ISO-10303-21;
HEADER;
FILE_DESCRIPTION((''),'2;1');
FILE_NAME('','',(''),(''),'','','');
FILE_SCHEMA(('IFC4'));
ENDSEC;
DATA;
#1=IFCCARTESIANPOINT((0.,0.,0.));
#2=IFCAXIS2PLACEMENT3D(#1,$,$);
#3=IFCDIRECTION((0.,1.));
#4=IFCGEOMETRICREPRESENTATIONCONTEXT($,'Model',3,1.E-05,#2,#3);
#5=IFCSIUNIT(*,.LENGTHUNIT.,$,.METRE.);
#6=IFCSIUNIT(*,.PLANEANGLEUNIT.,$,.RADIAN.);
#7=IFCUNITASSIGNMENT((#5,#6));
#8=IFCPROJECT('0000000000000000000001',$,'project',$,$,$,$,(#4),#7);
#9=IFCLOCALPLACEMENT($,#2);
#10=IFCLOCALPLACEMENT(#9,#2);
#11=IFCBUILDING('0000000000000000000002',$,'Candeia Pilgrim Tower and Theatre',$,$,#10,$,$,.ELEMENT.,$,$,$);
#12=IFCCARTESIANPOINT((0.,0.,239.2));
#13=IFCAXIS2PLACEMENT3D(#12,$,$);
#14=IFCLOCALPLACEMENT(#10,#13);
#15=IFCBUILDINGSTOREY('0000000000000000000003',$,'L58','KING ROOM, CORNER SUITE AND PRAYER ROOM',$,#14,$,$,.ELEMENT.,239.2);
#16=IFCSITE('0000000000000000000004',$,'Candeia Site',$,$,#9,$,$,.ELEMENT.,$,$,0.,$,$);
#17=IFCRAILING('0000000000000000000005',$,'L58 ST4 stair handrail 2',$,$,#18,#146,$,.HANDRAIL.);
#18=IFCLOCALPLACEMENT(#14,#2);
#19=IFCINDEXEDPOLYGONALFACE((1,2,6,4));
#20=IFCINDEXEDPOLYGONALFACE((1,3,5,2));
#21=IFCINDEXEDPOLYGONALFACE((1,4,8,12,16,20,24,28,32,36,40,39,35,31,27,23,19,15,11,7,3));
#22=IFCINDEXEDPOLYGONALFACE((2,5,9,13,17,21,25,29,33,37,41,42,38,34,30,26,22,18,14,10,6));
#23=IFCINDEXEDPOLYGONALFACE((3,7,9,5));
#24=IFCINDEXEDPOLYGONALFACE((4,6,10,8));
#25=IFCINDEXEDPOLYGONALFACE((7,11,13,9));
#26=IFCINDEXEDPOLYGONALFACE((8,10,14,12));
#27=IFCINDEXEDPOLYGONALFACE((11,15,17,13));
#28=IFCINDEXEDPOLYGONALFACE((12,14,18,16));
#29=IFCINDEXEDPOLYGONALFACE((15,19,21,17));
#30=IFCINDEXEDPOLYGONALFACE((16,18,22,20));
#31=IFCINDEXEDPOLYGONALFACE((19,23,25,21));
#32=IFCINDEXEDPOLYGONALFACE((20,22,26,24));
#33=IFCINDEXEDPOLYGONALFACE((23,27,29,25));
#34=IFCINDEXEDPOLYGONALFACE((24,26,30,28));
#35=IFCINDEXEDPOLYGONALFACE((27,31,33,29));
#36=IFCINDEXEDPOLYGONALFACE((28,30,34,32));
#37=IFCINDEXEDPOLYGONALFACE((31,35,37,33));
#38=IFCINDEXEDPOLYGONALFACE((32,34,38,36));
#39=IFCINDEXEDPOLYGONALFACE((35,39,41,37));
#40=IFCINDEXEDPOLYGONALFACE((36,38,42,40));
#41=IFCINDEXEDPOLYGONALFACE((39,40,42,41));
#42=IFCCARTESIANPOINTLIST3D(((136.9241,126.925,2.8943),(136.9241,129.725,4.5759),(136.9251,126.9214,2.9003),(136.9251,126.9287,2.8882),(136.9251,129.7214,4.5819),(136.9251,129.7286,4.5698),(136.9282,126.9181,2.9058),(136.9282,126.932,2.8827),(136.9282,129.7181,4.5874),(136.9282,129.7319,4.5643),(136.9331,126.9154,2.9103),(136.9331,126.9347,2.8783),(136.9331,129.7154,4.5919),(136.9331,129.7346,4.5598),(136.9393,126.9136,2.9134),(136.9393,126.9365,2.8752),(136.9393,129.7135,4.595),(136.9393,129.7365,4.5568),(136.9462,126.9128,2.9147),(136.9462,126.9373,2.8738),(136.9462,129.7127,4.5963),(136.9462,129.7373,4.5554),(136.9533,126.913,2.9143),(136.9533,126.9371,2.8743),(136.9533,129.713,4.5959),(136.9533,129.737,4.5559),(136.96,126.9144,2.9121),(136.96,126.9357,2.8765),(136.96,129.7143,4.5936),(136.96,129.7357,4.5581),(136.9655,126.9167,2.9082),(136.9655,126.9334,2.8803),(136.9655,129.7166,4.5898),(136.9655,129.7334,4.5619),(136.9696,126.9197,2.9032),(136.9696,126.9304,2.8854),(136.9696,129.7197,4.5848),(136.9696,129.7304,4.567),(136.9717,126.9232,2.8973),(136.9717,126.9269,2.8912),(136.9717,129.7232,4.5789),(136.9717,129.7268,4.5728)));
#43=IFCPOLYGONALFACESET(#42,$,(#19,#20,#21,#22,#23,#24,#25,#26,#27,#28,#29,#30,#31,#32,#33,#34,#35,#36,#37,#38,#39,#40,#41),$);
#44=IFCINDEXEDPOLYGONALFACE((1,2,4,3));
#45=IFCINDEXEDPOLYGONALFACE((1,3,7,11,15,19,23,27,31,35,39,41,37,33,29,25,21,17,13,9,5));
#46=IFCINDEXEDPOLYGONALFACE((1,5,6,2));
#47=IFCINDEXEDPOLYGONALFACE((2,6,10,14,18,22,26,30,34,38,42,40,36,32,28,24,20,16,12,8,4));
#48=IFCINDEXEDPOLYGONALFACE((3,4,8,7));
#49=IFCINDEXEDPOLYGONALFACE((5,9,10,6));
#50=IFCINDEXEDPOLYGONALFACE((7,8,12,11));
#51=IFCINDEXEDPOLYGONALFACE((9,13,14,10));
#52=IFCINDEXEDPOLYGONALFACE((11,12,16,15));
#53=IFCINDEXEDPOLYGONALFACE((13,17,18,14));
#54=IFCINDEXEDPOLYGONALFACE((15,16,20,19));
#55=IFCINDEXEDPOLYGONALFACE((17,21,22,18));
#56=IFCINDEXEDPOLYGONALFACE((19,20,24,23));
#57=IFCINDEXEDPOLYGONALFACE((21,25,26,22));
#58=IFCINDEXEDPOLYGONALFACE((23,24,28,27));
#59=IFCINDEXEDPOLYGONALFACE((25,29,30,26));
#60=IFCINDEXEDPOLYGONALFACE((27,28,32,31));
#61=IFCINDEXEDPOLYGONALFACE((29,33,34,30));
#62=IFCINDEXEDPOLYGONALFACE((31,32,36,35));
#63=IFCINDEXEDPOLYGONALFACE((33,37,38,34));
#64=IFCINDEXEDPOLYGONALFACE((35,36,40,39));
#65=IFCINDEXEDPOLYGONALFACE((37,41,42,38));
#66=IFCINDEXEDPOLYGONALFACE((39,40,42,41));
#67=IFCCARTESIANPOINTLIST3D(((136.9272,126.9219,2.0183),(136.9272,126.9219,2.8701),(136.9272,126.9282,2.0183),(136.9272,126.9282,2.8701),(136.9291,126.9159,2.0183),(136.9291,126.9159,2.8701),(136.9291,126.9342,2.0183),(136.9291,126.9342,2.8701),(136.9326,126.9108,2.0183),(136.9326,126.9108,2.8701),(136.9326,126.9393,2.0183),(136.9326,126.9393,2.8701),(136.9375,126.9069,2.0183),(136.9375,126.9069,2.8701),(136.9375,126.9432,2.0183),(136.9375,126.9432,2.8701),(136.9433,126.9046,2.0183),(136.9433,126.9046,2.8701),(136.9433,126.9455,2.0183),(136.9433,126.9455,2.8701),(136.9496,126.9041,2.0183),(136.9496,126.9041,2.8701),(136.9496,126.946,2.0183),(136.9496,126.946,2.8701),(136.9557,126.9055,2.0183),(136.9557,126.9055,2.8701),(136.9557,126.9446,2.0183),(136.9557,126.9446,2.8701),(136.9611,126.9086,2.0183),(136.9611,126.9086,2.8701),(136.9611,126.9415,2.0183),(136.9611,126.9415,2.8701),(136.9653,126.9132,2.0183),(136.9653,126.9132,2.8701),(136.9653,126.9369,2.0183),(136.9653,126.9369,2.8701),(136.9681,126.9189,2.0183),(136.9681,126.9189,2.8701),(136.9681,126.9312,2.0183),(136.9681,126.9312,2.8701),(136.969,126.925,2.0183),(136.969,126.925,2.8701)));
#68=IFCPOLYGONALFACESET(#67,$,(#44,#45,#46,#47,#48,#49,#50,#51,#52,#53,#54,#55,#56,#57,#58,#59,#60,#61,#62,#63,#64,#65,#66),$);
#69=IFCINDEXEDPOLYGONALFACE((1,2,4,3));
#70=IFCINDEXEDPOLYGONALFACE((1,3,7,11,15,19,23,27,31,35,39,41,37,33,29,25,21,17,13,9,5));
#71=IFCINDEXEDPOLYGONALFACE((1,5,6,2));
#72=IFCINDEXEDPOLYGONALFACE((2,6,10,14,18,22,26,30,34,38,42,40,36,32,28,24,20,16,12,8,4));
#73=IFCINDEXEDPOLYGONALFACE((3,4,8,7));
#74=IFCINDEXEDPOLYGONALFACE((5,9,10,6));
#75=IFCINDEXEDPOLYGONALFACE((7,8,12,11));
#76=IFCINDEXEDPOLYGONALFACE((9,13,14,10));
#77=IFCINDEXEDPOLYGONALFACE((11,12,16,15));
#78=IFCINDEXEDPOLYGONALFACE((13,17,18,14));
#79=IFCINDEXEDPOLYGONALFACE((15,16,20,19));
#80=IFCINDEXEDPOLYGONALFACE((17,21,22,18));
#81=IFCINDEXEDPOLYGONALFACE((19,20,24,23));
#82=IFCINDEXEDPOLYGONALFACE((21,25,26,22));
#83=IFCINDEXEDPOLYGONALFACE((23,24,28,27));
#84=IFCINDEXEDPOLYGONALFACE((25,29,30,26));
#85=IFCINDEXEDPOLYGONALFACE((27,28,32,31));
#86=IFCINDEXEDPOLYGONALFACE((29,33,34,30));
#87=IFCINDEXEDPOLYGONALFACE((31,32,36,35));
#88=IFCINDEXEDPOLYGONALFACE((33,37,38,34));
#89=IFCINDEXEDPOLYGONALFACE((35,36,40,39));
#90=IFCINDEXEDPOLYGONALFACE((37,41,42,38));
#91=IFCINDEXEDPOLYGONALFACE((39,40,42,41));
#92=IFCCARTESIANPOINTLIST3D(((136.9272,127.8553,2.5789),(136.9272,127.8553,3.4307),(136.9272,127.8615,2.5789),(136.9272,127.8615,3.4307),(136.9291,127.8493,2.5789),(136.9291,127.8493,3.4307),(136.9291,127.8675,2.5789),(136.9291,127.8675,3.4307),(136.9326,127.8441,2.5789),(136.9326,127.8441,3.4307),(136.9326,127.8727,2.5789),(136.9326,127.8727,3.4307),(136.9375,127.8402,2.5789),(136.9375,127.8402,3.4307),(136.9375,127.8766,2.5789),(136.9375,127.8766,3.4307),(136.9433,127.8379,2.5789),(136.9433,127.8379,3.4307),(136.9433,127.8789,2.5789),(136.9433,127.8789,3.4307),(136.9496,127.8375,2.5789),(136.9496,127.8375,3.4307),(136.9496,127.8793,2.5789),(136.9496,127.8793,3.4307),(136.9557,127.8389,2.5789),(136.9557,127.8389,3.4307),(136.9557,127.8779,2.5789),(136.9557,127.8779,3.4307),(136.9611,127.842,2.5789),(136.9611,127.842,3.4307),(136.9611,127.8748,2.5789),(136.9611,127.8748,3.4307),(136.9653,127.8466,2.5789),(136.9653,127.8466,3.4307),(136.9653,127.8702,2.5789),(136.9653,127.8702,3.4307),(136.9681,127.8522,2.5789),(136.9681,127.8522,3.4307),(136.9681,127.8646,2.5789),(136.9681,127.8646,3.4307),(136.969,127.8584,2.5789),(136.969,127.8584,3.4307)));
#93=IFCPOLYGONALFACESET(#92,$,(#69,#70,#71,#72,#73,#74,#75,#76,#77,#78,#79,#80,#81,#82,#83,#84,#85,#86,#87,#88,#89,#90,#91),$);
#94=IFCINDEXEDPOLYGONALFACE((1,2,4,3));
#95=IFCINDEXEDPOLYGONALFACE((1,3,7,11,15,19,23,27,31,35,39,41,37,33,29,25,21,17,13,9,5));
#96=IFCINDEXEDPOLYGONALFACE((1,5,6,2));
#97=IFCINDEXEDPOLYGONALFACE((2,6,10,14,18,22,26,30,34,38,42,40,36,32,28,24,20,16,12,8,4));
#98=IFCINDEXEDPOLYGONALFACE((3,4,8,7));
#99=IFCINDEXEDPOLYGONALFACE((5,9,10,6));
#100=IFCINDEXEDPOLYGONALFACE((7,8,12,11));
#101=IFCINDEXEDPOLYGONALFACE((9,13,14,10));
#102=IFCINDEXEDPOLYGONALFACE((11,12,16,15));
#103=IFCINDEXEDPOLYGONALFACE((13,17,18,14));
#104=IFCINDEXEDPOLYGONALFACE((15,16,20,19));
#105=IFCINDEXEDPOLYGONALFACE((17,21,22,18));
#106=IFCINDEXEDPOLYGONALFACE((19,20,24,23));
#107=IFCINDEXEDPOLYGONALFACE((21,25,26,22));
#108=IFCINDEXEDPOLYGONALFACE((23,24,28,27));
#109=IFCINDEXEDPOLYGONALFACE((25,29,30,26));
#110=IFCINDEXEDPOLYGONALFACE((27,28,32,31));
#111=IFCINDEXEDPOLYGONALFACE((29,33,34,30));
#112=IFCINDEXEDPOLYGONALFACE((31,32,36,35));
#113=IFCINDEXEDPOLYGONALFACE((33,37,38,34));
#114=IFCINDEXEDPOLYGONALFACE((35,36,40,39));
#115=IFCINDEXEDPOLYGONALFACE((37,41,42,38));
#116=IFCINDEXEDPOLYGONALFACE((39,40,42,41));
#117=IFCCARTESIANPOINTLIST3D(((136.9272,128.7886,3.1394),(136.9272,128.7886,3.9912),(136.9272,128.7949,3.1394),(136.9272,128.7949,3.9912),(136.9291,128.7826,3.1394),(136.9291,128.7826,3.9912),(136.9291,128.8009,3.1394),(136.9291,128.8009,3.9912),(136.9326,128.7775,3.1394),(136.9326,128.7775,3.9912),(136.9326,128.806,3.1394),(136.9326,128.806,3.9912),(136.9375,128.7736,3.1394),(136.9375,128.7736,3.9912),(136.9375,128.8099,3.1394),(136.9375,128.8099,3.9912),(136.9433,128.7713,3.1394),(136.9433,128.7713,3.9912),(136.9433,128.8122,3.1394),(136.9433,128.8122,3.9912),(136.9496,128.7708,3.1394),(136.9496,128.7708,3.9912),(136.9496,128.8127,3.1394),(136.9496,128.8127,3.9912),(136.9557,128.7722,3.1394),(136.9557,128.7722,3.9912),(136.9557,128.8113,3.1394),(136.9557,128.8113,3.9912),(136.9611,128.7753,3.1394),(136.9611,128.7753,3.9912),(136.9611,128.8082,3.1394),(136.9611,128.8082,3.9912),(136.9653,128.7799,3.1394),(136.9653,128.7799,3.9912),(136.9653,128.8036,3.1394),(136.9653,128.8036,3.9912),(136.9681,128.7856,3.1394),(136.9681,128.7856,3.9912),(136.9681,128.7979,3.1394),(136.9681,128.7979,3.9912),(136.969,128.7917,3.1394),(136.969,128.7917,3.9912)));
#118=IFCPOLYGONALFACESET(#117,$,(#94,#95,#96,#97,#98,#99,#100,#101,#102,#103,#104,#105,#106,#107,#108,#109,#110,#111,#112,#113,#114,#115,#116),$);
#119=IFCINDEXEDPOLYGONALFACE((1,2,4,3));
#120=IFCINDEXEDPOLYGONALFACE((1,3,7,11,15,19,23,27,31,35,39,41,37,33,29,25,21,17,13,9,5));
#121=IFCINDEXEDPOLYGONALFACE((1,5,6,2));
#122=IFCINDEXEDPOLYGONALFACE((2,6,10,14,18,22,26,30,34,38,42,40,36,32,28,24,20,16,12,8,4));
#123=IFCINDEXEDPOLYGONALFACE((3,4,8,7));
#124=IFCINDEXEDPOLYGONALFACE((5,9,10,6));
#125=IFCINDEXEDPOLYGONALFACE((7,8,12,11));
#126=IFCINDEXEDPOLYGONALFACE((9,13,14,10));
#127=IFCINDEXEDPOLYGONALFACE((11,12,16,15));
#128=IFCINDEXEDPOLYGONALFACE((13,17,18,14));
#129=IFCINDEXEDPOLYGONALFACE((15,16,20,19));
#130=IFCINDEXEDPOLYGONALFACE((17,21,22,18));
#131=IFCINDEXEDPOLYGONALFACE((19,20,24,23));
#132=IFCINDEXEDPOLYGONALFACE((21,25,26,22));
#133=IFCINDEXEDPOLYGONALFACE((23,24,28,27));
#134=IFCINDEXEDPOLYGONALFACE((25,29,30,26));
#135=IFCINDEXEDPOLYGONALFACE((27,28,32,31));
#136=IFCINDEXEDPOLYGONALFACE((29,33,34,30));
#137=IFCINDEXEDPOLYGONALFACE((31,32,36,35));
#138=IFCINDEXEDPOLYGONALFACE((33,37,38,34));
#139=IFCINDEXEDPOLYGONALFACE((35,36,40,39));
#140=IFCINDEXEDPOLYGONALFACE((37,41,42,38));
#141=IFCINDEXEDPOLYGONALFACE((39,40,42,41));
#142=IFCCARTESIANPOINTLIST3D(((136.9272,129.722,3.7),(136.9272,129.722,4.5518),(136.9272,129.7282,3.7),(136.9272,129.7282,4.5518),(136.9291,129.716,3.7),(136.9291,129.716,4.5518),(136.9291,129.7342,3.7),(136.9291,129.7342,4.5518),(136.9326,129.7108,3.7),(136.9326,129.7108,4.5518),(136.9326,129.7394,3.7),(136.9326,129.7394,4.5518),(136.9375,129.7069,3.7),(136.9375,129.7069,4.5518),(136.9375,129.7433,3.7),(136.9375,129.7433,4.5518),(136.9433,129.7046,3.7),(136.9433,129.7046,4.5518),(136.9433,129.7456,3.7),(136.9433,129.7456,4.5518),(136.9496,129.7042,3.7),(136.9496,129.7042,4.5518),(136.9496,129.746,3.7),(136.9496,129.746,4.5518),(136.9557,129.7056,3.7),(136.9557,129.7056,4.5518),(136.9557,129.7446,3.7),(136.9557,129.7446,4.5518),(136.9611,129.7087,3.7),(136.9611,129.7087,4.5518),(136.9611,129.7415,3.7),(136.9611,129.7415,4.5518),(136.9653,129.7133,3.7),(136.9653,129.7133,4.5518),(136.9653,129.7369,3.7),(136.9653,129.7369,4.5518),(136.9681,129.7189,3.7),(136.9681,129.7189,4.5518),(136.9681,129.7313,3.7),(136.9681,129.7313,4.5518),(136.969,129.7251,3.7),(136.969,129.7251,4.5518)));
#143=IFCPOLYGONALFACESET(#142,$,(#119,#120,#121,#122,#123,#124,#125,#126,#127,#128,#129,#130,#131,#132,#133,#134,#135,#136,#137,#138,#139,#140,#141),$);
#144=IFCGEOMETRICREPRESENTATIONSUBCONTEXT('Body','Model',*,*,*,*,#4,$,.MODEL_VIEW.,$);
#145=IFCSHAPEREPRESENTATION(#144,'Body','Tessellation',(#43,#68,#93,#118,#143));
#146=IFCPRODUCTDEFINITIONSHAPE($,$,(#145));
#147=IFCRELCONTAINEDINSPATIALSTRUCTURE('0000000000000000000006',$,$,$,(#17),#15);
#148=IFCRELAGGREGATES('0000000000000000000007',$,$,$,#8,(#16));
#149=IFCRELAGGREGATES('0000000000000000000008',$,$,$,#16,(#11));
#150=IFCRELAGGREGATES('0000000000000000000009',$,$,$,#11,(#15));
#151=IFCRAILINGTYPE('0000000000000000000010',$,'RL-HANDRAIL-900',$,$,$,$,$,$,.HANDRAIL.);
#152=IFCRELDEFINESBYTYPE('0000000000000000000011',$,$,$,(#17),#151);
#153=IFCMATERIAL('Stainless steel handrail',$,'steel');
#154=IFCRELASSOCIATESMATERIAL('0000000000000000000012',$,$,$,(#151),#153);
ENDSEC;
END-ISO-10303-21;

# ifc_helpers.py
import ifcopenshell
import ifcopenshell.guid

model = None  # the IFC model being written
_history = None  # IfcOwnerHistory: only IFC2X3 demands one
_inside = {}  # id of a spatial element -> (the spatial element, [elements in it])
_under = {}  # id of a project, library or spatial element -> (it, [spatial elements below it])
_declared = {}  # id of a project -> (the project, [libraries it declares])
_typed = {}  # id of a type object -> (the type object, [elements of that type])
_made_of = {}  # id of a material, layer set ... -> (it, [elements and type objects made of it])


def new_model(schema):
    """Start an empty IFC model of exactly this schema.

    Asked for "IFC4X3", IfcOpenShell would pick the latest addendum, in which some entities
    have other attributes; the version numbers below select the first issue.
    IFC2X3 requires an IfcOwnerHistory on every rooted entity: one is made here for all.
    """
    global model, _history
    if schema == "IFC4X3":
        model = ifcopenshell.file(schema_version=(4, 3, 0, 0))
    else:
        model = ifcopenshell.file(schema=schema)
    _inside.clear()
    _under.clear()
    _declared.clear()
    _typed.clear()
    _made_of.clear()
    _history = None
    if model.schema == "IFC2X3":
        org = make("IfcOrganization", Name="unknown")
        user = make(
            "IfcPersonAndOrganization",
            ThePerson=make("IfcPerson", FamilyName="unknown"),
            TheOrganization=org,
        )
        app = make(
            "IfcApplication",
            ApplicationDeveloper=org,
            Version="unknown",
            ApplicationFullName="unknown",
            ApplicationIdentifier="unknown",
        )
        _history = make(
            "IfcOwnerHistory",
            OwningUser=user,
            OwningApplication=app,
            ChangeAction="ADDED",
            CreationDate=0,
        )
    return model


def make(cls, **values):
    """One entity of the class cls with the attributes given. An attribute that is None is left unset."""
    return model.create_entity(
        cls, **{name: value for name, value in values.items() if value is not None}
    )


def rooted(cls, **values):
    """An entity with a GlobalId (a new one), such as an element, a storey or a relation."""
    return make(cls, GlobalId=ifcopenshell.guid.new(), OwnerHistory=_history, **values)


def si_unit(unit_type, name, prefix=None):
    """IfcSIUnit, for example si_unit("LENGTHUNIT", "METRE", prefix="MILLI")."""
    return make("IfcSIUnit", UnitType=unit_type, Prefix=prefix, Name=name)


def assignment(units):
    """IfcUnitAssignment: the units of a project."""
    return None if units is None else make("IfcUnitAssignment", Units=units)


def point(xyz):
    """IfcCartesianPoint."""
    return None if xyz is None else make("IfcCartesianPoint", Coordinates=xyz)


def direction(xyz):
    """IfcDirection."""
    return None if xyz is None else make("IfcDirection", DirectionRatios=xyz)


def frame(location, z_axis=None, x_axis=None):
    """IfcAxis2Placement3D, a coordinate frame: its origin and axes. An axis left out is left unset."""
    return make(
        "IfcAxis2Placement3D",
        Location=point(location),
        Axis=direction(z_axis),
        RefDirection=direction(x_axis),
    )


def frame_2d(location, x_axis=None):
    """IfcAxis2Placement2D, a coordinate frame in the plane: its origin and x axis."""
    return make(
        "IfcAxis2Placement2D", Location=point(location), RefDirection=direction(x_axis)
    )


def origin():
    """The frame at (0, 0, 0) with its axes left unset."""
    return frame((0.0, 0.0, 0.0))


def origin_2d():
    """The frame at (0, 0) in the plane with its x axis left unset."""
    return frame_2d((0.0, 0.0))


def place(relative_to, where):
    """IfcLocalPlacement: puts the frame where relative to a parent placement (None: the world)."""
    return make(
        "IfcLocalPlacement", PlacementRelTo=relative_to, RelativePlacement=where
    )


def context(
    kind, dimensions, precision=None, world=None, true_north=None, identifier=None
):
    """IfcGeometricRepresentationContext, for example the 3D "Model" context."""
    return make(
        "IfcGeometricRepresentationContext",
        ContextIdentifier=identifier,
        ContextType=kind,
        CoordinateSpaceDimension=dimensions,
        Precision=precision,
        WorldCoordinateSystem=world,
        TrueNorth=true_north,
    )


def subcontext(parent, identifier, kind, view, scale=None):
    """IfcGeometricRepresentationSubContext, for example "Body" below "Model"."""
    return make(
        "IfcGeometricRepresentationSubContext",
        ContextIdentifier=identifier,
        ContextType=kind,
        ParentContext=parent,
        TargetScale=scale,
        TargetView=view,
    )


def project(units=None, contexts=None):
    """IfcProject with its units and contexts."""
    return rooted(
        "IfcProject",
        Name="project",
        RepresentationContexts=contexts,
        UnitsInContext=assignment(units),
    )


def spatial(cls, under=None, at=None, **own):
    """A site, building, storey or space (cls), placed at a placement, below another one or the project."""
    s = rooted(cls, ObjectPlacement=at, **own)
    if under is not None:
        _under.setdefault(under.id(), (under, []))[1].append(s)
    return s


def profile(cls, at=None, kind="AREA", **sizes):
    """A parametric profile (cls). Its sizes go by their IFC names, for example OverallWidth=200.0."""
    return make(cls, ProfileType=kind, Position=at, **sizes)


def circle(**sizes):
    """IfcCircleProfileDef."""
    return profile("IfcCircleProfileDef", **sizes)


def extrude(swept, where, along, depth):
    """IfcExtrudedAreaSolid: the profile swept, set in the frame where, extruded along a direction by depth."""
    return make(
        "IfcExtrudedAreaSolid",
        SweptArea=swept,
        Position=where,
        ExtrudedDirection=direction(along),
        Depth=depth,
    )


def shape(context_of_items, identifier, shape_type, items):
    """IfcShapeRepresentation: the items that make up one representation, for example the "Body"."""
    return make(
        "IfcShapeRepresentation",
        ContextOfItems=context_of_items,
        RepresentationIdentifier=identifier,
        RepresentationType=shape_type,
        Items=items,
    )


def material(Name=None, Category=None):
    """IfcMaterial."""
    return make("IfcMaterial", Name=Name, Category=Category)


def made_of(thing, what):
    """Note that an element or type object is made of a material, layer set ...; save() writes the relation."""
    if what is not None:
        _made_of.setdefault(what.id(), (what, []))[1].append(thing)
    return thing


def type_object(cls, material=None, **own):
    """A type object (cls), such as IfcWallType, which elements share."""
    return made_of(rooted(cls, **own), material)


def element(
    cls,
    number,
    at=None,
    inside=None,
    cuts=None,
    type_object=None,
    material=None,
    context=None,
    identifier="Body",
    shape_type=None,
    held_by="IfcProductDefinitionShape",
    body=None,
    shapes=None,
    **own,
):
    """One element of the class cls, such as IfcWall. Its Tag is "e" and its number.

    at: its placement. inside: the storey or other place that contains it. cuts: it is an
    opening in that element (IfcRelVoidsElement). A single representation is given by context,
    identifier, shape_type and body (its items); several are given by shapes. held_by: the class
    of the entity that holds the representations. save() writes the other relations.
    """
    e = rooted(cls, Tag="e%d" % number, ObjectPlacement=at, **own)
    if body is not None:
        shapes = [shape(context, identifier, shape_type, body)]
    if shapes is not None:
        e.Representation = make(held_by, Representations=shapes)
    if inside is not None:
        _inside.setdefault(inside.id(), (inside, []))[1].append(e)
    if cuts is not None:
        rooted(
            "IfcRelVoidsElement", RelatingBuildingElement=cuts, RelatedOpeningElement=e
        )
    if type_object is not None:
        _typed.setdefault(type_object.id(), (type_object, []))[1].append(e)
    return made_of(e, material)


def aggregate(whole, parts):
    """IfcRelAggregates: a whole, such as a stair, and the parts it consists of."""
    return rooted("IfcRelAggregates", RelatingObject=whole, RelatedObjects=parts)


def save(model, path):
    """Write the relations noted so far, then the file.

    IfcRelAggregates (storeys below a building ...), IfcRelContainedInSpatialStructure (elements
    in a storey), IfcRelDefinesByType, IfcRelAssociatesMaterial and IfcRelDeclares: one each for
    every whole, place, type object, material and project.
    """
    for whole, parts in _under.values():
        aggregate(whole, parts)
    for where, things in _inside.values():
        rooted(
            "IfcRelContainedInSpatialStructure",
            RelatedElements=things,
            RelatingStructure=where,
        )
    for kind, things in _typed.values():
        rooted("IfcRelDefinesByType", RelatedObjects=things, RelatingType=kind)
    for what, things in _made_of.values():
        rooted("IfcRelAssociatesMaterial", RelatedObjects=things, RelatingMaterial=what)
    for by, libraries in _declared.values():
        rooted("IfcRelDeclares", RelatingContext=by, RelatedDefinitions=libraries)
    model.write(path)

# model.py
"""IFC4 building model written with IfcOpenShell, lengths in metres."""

from ifc_helpers import new_model, si_unit, direction, frame, origin, origin_2d, place, context, subcontext, project, spatial, circle, extrude, material, type_object, element, save


model = new_model("IFC4")

# Units and contexts
model_context = context("Model", 3, precision=1e-05, world=origin(), true_north=direction((0.0, 1.0)))
body_context = subcontext(model_context, "Body", "Model", "MODEL_VIEW")
ifc_project = project(units=[si_unit("LENGTHUNIT", "METRE"), si_unit("PLANEANGLEUNIT", "RADIAN")], contexts=[model_context])

# Site, building, storey
site_placement = place(None, origin())
site = spatial("IfcSite", under=ifc_project, at=site_placement, Name="Candeia Site", CompositionType="ELEMENT", RefElevation=0.0)
building_placement = place(site_placement, origin())
building = spatial("IfcBuilding", under=site, at=building_placement, Name="Candeia Pilgrim Tower and Theatre", CompositionType="ELEMENT")
storey_placement = place(building_placement, frame((0.0, 0.0, 239.2)))
storey = spatial("IfcBuildingStorey", under=building, at=storey_placement, Name="L58", Description="KING ROOM, CORNER SUITE AND PRAYER ROOM", CompositionType="ELEMENT", Elevation=239.2)

# Railing
ifc_material_1 = material(Name="Stainless steel handrail", Category="steel")
railing_type_1 = type_object("IfcRailingType", Name="RL-HANDRAIL-900", PredefinedType="HANDRAIL", material=ifc_material_1)
railing_1_placement = place(storey_placement, frame((136.948, 126.925, 2.0183)))
element("IfcRailing", 1, at=railing_1_placement, inside=storey, type_object=railing_type_1, Name="L58 ST4 stair handrail 2", PredefinedType="HANDRAIL", context=body_context, shape_type="SweptSolid", body=[
    extrude(circle(Radius=0.0239, at=origin_2d()), frame((0.0, 0.0, 0.876), z_axis=(0.0, 0.857275, 0.514858), x_axis=(-1.0, 0.0, 0.0)), (0.0, 0.0, 1.0), 3.2661),
    extrude(circle(Radius=0.021, at=origin_2d()), origin(), (0.0, 0.0, 1.0), 0.8518),
    extrude(circle(Radius=0.021, at=origin_2d()), frame((0.0, 0.9333, 0.5605)), (0.0, 0.0, 1.0), 0.8518),
    extrude(circle(Radius=0.021, at=origin_2d()), frame((0.0, 1.8667, 1.1211)), (0.0, 0.0, 1.0), 0.8518),
    extrude(circle(Radius=0.021, at=origin_2d()), frame((0.0, 2.8, 1.6816)), (0.0, 0.0, 1.0), 0.8518),
])

save(model, "model.ifc")
